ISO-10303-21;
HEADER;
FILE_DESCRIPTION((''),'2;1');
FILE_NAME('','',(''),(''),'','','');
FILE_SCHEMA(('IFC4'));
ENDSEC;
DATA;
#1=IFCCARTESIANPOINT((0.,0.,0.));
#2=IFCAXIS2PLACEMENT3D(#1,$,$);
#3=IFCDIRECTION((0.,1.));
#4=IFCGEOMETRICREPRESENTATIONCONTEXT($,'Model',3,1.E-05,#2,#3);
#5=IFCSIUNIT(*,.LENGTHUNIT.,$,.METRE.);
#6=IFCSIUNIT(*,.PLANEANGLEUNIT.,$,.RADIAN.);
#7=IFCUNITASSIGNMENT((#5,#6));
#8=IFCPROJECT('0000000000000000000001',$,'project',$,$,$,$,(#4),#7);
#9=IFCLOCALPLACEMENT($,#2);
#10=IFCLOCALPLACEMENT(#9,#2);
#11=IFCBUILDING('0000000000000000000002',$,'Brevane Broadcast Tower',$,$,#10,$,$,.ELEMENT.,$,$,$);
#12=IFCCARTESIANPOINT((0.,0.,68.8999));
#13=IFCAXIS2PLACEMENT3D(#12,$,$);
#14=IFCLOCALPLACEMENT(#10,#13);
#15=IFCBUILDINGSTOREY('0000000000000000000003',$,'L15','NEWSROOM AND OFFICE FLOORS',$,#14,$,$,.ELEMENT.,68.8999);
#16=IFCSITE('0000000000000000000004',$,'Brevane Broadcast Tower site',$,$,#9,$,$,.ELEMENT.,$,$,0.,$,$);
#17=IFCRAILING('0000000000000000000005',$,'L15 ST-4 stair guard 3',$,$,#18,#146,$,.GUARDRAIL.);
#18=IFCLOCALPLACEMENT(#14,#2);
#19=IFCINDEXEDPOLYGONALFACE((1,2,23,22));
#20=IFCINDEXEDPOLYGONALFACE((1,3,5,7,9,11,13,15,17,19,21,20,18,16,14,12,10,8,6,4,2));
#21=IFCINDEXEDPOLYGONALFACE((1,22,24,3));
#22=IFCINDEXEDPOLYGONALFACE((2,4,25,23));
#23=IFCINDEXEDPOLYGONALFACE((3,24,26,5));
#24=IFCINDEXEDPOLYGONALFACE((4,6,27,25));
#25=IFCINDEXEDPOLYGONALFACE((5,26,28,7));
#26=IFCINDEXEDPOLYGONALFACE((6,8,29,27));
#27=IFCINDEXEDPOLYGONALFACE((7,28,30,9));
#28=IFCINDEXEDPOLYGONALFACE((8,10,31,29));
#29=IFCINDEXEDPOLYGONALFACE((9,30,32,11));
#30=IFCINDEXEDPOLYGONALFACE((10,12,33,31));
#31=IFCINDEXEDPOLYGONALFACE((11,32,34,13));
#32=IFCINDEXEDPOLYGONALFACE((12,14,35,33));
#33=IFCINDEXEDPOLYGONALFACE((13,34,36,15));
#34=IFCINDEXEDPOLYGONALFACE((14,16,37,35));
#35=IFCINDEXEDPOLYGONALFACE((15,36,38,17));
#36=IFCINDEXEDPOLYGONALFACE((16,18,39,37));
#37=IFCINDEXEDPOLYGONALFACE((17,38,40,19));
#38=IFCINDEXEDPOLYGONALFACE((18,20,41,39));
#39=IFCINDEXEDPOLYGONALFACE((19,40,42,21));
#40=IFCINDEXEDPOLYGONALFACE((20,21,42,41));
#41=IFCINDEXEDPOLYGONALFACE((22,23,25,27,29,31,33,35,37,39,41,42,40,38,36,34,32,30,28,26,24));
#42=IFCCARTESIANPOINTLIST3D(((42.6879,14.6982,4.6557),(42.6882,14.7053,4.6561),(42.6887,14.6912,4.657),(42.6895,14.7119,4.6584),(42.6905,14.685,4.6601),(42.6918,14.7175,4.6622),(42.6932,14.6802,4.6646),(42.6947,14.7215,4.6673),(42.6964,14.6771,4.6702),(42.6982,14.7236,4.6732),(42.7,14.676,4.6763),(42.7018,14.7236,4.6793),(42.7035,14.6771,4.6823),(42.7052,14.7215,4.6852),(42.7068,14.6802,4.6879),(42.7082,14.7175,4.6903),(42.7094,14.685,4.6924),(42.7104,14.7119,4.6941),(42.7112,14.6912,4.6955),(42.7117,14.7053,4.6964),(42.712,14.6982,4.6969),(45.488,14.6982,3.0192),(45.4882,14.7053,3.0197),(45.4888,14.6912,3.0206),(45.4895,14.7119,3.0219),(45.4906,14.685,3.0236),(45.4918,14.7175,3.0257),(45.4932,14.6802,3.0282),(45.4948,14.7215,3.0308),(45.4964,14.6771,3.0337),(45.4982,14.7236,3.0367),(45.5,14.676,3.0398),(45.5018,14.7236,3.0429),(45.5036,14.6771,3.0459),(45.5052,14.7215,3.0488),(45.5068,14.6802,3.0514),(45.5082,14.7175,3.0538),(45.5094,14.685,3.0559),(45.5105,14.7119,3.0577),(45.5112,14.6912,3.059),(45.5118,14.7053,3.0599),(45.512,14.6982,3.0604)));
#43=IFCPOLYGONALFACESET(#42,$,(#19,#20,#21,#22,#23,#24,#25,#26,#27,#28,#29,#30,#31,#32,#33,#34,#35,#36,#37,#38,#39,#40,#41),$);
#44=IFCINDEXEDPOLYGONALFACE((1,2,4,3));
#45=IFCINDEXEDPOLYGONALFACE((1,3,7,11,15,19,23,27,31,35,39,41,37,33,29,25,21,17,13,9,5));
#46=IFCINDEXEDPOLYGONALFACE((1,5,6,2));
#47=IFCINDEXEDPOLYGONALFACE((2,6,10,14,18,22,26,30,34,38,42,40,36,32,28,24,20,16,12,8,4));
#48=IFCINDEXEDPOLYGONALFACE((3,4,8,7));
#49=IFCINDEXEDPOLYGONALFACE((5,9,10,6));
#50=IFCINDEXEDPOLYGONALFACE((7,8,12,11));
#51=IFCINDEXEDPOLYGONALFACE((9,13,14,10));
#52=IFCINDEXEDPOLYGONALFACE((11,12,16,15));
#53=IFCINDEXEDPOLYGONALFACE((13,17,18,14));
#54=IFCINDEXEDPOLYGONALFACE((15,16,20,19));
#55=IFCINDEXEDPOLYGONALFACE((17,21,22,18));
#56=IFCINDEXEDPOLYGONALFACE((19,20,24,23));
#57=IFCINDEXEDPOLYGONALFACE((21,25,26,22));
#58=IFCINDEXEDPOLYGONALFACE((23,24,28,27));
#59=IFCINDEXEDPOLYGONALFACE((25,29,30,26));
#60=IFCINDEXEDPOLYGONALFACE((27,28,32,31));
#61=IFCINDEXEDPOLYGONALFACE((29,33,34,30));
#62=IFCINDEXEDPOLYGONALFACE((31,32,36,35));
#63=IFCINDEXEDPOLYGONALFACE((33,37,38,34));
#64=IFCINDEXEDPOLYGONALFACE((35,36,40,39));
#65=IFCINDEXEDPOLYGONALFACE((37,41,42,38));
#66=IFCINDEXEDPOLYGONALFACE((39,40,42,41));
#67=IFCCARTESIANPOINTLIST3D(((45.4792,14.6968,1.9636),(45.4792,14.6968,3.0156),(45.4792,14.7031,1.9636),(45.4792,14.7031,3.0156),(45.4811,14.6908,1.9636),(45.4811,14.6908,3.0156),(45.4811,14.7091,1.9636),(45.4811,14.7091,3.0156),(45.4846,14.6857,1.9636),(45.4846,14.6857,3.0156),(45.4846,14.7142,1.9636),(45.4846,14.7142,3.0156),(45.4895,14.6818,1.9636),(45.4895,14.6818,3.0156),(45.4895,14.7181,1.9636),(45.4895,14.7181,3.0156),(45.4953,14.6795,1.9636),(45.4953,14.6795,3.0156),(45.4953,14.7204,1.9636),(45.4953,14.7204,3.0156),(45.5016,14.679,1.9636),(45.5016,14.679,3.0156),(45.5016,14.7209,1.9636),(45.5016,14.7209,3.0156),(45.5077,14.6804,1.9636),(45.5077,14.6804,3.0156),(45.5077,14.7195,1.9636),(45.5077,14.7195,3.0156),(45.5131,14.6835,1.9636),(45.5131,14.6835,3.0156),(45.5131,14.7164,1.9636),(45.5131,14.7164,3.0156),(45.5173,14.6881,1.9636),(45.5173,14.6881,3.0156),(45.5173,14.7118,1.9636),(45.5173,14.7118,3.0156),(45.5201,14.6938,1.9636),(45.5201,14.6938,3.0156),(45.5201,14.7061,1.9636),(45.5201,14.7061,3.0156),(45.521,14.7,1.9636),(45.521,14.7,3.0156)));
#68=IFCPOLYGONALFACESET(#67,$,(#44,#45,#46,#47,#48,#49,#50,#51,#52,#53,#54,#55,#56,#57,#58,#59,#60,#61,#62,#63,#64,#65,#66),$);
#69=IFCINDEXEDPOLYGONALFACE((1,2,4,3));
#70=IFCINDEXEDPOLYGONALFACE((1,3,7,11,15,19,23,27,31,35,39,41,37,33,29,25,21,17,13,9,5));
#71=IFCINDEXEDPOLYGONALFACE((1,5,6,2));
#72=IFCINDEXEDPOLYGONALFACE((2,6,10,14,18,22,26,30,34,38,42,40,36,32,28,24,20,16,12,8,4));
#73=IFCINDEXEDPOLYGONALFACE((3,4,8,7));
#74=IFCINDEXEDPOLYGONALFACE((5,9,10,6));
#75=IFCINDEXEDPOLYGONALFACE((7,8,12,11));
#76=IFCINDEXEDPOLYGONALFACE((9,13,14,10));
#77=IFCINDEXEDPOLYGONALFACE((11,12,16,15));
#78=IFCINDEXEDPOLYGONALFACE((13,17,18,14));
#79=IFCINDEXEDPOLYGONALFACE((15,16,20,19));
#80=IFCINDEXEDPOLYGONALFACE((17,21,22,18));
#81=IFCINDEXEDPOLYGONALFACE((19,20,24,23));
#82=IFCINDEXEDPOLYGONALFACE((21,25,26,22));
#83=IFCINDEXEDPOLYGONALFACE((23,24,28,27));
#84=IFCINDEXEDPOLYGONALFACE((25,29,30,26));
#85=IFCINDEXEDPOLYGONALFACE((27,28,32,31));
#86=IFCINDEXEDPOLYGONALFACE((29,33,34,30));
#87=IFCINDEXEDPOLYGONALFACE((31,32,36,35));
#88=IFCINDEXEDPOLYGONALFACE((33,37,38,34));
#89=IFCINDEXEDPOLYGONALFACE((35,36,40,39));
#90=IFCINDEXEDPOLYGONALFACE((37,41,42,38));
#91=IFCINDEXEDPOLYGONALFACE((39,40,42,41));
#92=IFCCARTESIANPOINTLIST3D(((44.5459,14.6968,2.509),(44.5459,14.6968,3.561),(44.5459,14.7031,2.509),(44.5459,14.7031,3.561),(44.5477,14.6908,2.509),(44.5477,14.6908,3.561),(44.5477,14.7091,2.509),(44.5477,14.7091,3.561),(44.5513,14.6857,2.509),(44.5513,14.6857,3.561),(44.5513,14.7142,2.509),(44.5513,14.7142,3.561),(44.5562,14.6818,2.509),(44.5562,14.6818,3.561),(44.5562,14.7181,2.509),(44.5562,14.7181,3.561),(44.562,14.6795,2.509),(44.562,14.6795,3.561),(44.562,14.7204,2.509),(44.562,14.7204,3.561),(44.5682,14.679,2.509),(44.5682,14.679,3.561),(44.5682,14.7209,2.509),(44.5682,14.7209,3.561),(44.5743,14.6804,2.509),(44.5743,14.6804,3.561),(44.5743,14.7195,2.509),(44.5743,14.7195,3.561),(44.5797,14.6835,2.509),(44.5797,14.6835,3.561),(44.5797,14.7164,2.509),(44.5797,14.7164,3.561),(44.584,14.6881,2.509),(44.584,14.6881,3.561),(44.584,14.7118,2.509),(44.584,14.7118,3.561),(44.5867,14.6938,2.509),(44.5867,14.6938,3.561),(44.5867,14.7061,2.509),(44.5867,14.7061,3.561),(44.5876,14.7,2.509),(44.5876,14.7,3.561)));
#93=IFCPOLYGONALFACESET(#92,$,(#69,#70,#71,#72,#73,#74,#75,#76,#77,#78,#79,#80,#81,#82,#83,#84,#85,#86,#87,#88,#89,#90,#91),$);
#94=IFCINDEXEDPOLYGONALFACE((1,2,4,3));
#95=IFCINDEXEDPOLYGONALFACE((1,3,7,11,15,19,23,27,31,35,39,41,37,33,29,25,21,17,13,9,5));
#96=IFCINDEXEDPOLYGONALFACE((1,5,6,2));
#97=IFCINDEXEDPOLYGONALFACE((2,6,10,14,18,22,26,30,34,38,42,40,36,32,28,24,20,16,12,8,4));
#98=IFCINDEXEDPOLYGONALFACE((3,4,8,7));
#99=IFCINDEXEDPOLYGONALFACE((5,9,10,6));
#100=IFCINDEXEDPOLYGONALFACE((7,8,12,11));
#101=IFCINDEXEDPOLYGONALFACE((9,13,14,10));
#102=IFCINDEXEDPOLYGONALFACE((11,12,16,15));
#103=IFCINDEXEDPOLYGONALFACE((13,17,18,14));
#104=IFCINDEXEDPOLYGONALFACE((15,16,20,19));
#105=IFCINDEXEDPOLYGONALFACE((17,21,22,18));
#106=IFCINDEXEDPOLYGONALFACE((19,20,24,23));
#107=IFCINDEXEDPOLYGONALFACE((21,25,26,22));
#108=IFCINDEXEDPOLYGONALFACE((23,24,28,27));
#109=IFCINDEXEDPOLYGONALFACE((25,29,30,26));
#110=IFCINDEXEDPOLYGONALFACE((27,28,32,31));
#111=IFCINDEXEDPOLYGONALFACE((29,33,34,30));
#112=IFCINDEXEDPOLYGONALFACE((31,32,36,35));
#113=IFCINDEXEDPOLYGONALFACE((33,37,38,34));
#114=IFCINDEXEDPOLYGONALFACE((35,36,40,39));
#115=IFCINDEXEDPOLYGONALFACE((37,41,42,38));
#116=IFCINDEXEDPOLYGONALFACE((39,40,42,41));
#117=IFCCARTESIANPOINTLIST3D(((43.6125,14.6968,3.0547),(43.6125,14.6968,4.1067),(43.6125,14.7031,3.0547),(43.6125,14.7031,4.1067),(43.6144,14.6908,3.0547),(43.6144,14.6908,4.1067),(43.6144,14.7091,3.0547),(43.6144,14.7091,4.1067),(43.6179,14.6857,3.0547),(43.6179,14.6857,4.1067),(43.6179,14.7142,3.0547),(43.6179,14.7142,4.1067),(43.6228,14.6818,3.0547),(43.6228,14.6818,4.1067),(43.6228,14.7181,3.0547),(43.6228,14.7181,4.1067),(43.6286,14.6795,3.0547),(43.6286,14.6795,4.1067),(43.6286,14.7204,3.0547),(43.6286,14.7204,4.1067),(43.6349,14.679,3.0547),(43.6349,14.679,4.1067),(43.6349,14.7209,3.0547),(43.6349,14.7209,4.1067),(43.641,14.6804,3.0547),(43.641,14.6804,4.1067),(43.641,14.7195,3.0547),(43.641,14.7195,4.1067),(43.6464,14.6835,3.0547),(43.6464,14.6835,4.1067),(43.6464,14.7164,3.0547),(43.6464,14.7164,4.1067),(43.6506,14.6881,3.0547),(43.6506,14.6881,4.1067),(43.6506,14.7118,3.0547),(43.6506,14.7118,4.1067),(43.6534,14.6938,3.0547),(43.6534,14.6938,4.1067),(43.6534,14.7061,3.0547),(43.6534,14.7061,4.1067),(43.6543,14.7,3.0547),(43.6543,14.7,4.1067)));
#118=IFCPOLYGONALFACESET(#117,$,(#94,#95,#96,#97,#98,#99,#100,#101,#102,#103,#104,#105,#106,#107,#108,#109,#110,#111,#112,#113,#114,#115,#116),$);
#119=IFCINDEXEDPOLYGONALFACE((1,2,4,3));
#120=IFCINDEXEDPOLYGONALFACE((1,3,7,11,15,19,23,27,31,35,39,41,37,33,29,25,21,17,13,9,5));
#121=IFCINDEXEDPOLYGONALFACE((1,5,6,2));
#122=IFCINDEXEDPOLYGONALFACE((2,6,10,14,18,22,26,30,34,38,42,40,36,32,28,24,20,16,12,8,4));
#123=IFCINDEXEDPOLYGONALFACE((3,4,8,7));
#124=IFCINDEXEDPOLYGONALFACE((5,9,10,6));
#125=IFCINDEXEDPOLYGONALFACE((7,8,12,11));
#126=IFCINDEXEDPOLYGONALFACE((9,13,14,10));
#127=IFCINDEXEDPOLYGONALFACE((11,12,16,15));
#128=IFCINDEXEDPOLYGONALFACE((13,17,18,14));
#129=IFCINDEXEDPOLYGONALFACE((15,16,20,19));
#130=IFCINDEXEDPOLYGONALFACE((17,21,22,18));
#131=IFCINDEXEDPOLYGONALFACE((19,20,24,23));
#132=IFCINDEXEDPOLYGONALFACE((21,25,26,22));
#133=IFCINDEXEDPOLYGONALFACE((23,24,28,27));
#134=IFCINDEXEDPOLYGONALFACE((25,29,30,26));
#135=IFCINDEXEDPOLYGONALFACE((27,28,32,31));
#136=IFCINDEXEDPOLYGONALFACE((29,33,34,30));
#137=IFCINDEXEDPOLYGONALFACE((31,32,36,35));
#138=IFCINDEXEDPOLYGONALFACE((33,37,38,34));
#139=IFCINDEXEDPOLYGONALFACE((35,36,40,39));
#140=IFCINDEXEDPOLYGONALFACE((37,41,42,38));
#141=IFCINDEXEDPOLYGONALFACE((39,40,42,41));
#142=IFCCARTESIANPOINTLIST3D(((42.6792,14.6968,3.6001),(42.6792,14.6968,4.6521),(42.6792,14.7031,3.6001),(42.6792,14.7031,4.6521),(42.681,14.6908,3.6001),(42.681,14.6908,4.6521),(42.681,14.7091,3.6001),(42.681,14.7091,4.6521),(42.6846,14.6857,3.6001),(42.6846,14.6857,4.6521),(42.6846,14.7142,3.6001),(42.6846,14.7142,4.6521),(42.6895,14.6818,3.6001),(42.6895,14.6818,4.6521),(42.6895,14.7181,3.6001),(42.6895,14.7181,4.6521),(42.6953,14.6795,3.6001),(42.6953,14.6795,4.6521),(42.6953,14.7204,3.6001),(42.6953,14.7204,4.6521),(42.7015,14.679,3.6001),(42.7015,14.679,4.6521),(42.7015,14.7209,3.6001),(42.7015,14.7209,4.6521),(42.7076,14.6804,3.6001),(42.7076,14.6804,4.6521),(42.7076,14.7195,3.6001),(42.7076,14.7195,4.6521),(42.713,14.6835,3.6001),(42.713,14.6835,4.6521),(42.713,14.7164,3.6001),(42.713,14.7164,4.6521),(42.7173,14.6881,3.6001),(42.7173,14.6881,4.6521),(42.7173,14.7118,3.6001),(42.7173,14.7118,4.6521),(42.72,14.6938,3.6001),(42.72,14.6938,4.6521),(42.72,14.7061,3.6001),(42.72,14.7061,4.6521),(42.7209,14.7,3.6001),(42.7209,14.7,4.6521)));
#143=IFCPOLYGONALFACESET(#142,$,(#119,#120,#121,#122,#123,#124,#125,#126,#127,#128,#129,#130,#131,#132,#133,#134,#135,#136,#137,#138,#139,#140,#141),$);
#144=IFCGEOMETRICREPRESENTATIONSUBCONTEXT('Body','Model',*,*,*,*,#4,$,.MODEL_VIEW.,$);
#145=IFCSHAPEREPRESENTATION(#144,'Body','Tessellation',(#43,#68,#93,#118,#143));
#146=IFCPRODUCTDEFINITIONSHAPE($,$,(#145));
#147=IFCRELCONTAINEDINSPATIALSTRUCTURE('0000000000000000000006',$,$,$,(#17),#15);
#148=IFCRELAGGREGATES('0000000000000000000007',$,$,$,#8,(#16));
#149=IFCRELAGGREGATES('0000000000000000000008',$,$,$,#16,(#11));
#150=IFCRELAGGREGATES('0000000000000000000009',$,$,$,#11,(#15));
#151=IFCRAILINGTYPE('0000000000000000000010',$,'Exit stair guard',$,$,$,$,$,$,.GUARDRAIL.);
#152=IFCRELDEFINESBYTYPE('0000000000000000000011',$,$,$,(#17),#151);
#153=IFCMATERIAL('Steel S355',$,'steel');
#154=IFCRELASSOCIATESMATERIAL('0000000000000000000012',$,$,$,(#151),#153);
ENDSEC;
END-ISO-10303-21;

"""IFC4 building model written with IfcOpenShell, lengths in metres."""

from ifc_helpers import new_model, si_unit, direction, frame, origin, origin_2d, place, context, subcontext, project, spatial, circle, extrude, material, type_object, element, save


model = new_model("IFC4")

# Units and contexts
model_context = context("Model", 3, precision=1e-05, world=origin(), true_north=direction((0.0, 1.0)))
body_context = subcontext(model_context, "Body", "Model", "MODEL_VIEW")
ifc_project = project(units=[si_unit("LENGTHUNIT", "METRE"), si_unit("PLANEANGLEUNIT", "RADIAN")], contexts=[model_context])

# Site, building, storey
site_placement = place(None, origin())
site = spatial("IfcSite", under=ifc_project, at=site_placement, Name="Brevane Broadcast Tower site", CompositionType="ELEMENT", RefElevation=0.0)
building_placement = place(site_placement, origin())
building = spatial("IfcBuilding", under=site, at=building_placement, Name="Brevane Broadcast Tower", CompositionType="ELEMENT")
storey_placement = place(building_placement, frame((0.0, 0.0, 68.8999)))
storey = spatial("IfcBuildingStorey", under=building, at=storey_placement, Name="L15", Description="NEWSROOM AND OFFICE FLOORS", CompositionType="ELEMENT", Elevation=68.8999)

# Railing
ifc_material_1 = material(Name="Steel S355", Category="steel")
railing_type_1 = type_object("IfcRailingType", Name="Exit stair guard", PredefinedType="GUARDRAIL", material=ifc_material_1)
railing_1_placement = place(storey_placement, frame((45.5, 14.7, 1.9636)))
element("IfcRailing", 1, at=railing_1_placement, inside=storey, type_object=railing_type_1, Name="L15 ST-4 stair guard 3", PredefinedType="GUARDRAIL", context=body_context, shape_type="SweptSolid", body=[
    extrude(circle(Radius=0.0239, at=origin_2d()), frame((0.0, 0.0, 1.0762), z_axis=(-0.863361, 0.0, 0.504587), x_axis=(0.0, -1.0, 0.0)), (0.0, 0.0, 1.0), 3.2432),
    extrude(circle(Radius=0.021, at=origin_2d()), origin(), (0.0, 0.0, 1.0), 1.052),
    extrude(circle(Radius=0.021, at=origin_2d()), frame((-0.9333, 0.0, 0.5454)), (0.0, 0.0, 1.0), 1.052),
    extrude(circle(Radius=0.021, at=origin_2d()), frame((-1.8667, 0.0, 1.0911)), (0.0, 0.0, 1.0), 1.052),
    extrude(circle(Radius=0.021, at=origin_2d()), frame((-2.8, 0.0, 1.6365)), (0.0, 0.0, 1.0), 1.052),
])

save(model, "model.ifc")
